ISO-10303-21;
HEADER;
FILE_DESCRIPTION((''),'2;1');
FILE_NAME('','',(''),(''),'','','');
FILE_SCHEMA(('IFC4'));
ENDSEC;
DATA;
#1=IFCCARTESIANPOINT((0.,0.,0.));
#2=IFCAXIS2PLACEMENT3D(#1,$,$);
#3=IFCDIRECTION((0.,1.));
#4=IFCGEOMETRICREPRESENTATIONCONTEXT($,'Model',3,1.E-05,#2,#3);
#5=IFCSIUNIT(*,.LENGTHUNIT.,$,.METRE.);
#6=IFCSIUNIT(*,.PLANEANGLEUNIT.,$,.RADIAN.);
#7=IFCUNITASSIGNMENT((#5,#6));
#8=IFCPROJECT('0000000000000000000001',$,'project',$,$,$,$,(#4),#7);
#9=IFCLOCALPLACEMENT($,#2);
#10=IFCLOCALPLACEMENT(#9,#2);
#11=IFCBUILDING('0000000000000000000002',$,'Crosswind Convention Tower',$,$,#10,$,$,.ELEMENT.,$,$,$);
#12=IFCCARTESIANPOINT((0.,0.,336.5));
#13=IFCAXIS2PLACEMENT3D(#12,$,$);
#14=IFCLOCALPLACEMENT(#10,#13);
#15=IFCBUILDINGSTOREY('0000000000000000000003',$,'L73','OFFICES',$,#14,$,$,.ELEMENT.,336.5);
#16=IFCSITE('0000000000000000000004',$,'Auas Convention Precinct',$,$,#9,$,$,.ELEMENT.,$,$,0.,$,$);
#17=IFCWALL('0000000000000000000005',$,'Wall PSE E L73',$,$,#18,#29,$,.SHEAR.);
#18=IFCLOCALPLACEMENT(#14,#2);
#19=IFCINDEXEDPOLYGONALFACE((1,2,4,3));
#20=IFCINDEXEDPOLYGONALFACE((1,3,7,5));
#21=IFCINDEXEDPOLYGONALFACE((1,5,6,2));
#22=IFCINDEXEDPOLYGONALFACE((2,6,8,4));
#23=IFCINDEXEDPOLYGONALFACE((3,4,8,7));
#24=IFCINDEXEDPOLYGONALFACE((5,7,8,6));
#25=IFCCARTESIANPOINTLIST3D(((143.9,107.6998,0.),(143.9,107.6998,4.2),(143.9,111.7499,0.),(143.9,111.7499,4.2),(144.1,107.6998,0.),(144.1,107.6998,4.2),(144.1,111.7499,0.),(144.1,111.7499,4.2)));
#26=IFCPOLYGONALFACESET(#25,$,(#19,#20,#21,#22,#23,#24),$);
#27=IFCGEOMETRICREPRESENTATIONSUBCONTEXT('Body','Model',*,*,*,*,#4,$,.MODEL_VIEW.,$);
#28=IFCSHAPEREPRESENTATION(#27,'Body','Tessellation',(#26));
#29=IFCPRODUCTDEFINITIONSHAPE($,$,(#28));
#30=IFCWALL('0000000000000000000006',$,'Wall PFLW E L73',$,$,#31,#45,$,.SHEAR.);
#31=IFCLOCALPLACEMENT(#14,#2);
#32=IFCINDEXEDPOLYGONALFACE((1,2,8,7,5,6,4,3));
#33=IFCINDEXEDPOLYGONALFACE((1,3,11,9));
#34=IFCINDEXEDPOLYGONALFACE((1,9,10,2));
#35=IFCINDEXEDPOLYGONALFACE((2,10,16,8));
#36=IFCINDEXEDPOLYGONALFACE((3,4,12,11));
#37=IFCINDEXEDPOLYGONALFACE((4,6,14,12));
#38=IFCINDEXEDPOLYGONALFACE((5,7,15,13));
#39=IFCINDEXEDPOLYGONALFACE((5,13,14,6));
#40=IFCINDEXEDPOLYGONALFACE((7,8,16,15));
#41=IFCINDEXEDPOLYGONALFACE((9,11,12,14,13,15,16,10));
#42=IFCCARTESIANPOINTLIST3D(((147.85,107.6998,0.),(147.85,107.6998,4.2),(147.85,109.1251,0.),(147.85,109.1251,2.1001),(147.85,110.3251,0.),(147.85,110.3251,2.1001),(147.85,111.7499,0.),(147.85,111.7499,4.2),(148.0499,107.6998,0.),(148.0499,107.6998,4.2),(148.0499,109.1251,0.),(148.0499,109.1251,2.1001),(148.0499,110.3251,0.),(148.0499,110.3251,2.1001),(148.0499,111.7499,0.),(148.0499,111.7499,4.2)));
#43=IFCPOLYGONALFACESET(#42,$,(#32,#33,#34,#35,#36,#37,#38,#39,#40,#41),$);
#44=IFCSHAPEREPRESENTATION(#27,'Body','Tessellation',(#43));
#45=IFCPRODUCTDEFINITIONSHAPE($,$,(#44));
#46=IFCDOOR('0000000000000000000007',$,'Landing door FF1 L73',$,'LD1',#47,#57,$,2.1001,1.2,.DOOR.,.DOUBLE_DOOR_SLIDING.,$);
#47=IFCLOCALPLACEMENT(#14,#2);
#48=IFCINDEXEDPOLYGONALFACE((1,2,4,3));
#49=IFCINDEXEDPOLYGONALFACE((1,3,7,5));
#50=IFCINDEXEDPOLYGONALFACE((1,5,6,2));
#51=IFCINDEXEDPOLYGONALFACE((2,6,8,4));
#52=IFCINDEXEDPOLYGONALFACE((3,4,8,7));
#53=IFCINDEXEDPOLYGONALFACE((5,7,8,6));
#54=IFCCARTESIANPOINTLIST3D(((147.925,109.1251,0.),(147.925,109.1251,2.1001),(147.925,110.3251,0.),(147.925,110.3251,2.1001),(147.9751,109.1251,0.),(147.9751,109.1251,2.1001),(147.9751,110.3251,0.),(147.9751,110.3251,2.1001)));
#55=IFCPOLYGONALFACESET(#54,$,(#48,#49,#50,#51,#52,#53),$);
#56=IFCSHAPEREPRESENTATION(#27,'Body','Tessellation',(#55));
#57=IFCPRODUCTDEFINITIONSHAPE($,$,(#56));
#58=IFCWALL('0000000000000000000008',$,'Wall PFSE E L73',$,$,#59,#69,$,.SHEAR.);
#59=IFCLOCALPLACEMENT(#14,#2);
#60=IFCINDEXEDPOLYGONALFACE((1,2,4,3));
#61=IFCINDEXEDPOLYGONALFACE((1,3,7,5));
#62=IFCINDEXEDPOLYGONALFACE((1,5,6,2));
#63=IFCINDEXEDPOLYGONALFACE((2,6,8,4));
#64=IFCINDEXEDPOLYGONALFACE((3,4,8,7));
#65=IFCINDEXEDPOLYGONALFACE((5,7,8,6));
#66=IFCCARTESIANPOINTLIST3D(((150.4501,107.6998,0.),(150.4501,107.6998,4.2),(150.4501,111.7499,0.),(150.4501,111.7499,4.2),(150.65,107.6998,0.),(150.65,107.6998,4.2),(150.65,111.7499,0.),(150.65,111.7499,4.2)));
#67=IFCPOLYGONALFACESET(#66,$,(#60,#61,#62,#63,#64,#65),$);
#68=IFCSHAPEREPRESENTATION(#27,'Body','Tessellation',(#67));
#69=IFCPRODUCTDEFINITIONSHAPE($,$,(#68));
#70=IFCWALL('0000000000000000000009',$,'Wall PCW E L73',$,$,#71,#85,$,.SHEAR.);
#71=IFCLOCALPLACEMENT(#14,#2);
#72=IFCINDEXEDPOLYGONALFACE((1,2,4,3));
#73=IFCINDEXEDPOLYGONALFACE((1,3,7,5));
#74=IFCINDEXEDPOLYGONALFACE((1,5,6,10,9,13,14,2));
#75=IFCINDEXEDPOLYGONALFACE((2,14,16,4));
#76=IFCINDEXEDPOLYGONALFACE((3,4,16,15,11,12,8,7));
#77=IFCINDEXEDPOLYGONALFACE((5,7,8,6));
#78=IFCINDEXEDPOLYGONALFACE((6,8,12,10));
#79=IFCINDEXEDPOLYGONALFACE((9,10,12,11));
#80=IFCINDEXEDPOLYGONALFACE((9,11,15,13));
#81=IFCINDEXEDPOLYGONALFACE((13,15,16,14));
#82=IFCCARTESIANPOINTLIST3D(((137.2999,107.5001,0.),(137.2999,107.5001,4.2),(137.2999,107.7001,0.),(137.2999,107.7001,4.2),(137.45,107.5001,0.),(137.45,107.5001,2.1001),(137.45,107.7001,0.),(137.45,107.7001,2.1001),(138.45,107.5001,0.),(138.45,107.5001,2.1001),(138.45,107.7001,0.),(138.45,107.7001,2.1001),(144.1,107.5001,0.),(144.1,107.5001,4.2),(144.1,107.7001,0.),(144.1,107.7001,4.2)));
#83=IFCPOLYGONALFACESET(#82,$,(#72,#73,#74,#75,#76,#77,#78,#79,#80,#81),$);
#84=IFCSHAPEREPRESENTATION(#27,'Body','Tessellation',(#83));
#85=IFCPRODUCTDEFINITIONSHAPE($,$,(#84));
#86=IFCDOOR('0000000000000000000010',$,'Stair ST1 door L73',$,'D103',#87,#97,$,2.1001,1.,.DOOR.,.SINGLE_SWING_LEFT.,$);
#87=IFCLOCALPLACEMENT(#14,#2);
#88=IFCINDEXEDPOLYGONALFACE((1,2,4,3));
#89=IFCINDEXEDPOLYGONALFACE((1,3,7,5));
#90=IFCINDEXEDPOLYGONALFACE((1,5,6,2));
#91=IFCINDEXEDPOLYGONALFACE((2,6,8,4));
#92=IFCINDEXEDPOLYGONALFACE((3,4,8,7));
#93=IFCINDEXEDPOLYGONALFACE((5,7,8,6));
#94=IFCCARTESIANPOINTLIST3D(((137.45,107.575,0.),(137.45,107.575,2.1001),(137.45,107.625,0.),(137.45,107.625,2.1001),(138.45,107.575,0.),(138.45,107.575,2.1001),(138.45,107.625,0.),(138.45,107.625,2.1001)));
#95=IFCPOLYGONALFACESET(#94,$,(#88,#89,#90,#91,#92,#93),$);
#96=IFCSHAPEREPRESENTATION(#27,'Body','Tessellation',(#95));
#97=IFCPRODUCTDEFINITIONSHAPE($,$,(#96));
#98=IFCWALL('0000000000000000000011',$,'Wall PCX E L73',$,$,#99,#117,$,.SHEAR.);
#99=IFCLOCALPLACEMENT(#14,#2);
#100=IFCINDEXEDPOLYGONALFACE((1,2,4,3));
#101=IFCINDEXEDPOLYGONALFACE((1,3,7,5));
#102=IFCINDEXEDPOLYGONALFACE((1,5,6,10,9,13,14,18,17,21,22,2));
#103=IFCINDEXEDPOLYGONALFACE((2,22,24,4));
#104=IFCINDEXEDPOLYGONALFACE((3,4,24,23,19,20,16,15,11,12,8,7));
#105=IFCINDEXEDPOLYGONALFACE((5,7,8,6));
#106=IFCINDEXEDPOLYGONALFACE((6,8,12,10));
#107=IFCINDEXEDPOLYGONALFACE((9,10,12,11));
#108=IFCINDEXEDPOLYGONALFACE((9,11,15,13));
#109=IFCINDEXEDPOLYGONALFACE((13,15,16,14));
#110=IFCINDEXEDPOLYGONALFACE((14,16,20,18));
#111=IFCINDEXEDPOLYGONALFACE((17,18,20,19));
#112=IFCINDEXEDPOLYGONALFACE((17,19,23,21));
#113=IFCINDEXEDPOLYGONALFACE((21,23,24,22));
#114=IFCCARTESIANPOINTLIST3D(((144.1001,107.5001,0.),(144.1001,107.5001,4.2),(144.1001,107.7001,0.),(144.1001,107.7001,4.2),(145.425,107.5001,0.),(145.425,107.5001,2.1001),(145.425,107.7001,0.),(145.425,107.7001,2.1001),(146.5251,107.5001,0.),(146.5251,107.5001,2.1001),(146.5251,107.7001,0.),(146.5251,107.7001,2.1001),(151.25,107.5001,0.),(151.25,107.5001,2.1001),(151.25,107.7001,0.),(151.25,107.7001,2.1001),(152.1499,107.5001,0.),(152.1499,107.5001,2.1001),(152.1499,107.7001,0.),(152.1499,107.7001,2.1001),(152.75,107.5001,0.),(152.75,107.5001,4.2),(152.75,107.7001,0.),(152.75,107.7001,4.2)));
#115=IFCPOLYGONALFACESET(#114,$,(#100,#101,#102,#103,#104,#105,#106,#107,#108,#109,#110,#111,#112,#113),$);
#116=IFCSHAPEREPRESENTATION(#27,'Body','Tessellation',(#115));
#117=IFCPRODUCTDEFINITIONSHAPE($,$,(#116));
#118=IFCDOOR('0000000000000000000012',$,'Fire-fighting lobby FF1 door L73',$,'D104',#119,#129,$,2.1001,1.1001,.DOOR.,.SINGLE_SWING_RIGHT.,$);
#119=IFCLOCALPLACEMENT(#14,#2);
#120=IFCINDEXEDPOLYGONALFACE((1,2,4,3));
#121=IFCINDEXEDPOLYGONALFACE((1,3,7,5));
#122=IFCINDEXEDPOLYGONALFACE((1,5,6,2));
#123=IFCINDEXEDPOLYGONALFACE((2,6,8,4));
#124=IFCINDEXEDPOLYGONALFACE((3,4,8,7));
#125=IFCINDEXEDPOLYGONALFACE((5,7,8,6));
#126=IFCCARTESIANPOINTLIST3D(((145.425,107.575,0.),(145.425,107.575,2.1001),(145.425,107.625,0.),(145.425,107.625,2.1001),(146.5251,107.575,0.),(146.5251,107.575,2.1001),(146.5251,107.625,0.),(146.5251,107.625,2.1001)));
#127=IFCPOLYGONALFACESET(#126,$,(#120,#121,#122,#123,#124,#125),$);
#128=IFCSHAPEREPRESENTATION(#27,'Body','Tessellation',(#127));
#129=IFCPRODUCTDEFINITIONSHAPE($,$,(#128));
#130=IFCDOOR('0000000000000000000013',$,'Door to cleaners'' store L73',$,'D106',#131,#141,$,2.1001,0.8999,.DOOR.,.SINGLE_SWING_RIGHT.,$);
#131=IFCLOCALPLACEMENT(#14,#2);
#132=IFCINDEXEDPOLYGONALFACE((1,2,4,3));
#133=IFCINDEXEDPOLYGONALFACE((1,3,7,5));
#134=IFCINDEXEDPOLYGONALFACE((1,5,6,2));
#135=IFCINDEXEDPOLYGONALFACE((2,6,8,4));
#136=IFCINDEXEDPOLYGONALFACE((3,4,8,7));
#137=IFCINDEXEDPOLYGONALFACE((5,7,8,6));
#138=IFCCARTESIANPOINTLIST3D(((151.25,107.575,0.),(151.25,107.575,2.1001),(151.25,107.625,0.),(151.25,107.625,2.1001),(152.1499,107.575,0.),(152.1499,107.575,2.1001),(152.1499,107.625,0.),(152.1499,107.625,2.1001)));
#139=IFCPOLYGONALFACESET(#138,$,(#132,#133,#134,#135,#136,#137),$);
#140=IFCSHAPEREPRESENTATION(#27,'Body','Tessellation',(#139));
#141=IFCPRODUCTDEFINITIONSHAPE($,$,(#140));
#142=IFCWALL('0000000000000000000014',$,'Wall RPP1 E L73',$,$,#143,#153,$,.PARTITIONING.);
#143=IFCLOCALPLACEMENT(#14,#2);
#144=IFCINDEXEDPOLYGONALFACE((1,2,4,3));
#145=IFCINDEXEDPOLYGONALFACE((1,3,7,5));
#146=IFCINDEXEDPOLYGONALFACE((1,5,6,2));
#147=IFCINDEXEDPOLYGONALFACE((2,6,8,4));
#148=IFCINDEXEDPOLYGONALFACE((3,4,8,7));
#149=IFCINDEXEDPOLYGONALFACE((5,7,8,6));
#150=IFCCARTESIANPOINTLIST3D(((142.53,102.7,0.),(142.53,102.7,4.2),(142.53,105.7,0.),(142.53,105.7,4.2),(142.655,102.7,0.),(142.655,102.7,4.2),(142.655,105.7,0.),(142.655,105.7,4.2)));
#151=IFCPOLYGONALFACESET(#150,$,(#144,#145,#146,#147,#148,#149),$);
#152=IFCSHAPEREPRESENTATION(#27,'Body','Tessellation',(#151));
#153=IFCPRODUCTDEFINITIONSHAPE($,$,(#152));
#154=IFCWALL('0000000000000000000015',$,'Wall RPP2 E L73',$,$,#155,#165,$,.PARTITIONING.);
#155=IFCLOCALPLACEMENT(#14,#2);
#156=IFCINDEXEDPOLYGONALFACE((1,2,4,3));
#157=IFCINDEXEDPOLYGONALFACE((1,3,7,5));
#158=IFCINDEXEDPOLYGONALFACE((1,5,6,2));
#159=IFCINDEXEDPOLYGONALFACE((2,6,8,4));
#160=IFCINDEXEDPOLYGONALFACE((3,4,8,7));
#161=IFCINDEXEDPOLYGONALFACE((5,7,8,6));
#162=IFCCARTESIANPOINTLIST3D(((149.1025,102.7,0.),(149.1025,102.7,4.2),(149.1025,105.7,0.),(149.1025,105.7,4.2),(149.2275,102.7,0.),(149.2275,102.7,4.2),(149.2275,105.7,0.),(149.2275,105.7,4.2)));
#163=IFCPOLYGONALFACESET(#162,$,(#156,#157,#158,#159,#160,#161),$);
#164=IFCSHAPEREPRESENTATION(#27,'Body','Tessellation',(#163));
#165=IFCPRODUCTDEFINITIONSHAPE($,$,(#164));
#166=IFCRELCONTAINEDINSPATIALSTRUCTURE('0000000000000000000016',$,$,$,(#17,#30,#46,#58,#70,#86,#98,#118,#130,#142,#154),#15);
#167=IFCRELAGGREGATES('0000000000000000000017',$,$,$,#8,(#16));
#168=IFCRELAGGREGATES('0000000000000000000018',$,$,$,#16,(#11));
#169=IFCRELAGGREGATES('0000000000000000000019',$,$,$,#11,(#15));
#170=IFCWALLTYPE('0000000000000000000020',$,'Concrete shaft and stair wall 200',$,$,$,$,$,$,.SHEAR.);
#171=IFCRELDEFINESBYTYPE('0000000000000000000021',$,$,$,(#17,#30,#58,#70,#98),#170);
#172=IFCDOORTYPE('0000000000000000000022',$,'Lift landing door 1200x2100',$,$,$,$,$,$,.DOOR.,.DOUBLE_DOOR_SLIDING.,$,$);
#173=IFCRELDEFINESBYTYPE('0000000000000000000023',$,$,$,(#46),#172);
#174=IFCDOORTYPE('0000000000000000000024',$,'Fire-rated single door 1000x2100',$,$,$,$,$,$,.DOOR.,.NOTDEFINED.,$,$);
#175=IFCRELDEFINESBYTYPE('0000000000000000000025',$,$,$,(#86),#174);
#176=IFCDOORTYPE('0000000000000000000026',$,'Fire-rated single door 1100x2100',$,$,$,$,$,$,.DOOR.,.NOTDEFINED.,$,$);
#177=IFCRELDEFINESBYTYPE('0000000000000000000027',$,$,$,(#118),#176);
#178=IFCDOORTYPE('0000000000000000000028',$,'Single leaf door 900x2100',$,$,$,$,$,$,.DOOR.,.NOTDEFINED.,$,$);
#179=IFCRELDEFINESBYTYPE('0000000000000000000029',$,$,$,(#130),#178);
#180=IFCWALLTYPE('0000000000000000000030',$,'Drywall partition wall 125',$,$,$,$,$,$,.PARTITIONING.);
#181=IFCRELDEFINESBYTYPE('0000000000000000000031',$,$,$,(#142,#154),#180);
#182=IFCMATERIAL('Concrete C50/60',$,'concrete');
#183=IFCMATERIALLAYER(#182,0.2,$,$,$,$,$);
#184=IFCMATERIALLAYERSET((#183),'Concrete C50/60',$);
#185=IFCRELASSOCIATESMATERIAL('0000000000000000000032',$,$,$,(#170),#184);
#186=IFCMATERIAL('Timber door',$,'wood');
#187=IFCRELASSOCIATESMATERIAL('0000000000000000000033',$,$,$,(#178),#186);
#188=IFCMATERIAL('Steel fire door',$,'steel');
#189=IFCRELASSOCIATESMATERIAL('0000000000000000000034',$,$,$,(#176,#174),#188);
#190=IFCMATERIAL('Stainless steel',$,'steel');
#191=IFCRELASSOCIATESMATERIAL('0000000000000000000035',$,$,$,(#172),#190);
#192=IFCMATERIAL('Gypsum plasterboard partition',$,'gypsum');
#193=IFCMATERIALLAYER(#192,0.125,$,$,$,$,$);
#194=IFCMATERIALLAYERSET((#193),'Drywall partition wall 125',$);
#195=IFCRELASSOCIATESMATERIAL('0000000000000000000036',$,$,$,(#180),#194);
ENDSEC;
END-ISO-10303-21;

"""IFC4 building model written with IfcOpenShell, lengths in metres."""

from ifc_helpers import new_model, si_unit, direction, frame, frame_2d, origin, place, context, subcontext, project, spatial, rectangle, extrude, material, layer, layer_set, type_object, element, fill, save


model = new_model("IFC4")

# Units and contexts
model_context = context("Model", 3, precision=1e-05, world=origin(), true_north=direction((0.0, 1.0)))
body_context = subcontext(model_context, "Body", "Model", "MODEL_VIEW")
ifc_project = project(units=[si_unit("LENGTHUNIT", "METRE"), si_unit("PLANEANGLEUNIT", "RADIAN")], contexts=[model_context])

# Site, building, storey
site_placement = place(None, origin())
site = spatial("IfcSite", under=ifc_project, at=site_placement, Name="Auas Convention Precinct", CompositionType="ELEMENT", RefElevation=0.0)
building_placement = place(site_placement, origin())
building = spatial("IfcBuilding", under=site, at=building_placement, Name="Crosswind Convention Tower", CompositionType="ELEMENT")
storey_placement = place(building_placement, frame((0.0, 0.0, 336.5)))
storey = spatial("IfcBuildingStorey", under=building, at=storey_placement, Name="L73", Description="OFFICES", CompositionType="ELEMENT", Elevation=336.5)

# Shared definitions
ifc_material_1 = material(Name="Concrete C50/60", Category="concrete")
ifc_layer_1 = layer(ifc_material_1, 0.2)
ifc_layer_set_1 = layer_set([ifc_layer_1], Name="Concrete C50/60")
wall_type_1 = type_object("IfcWallType", Name="Concrete shaft and stair wall 200", PredefinedType="SHEAR", material=ifc_layer_set_1)

# Shared definitions
ifc_material_2 = material(Name="Timber door", Category="wood")
door_type_1 = type_object("IfcDoorType", Name="Single leaf door 900x2100", OperationType="NOTDEFINED", PredefinedType="DOOR", material=ifc_material_2)

# Shared definitions
ifc_material_3 = material(Name="Steel fire door", Category="steel")
door_type_2 = type_object("IfcDoorType", Name="Fire-rated single door 1100x2100", OperationType="NOTDEFINED", PredefinedType="DOOR", material=ifc_material_3)

# Wall
wall_1_placement = place(storey_placement, frame((144.0, 107.7, 0.0), z_axis=(0.0, 0.0, 1.0), x_axis=(0.0, 1.0, 0.0)))
element("IfcWall", 1, at=wall_1_placement, inside=storey, type_object=wall_type_1, Name="Wall PSE E L73", PredefinedType="SHEAR", context=body_context, shape_type="SweptSolid", body=[
    extrude(rectangle(XDim=4.05, YDim=0.2, at=frame_2d((2.0249, 0.0))), origin(), (0.0, 0.0, 1.0), 4.2),
])

# Wall, opening, door
wall_2_placement = place(storey_placement, frame((147.95, 107.7, 0.0), z_axis=(0.0, 0.0, 1.0), x_axis=(0.0, 1.0, 0.0)))
wall_2 = element("IfcWall", 2, at=wall_2_placement, inside=storey, type_object=wall_type_1, Name="Wall PFLW E L73", PredefinedType="SHEAR", context=body_context, shape_type="SweptSolid", body=[
    extrude(rectangle(XDim=4.05, YDim=0.2, at=frame_2d((2.0249, 0.0))), origin(), (0.0, 0.0, 1.0), 4.2),
])
opening_1_placement = place(wall_2_placement, frame((1.425, 0.0, 0.0)))
opening_1 = element("IfcOpeningElement", 3, at=opening_1_placement, cuts=wall_2, PredefinedType="OPENING", context=body_context, shape_type="SweptSolid", body=[
    extrude(rectangle(XDim=1.2, YDim=2.1001, at=frame_2d((0.6001, 1.05))), frame((0.0, 0.1099, 0.0), z_axis=(0.0, -1.0, 0.0), x_axis=(1.0, 0.0, 0.0)), (0.0, 0.0, 1.0), 0.22),
])
ifc_material_4 = material(Name="Stainless steel", Category="steel")
door_type_3 = type_object("IfcDoorType", Name="Lift landing door 1200x2100", OperationType="DOUBLE_DOOR_SLIDING", PredefinedType="DOOR", material=ifc_material_4)
door_1_placement = place(opening_1_placement, origin())
door_1 = element("IfcDoor", 4, at=door_1_placement, inside=storey, type_object=door_type_3, Name="Landing door FF1 L73", ObjectType="LD1", OperationType="DOUBLE_DOOR_SLIDING", OverallHeight=2.1001, OverallWidth=1.2, PredefinedType="DOOR", context=body_context, shape_type="SweptSolid", body=[
    extrude(rectangle(XDim=1.2, YDim=2.1001, at=frame_2d((0.6001, 1.05))), frame((0.0, 0.0249, 0.0), z_axis=(0.0, -1.0, 0.0), x_axis=(1.0, 0.0, 0.0)), (0.0, 0.0, 1.0), 0.05),
])
fill(opening_1, door_1)

# Wall
wall_3_placement = place(storey_placement, frame((150.55, 107.7, 0.0), z_axis=(0.0, 0.0, 1.0), x_axis=(0.0, 1.0, 0.0)))
element("IfcWall", 5, at=wall_3_placement, inside=storey, type_object=wall_type_1, Name="Wall PFSE E L73", PredefinedType="SHEAR", context=body_context, shape_type="SweptSolid", body=[
    extrude(rectangle(XDim=4.05, YDim=0.2, at=frame_2d((2.0249, 0.0))), origin(), (0.0, 0.0, 1.0), 4.2),
])

# Wall, opening, door
wall_4_placement = place(storey_placement, frame((137.3, 107.6001, 0.0), z_axis=(0.0, 0.0, 1.0), x_axis=(1.0, 0.0, 0.0)))
wall_4 = element("IfcWall", 6, at=wall_4_placement, inside=storey, type_object=wall_type_1, Name="Wall PCW E L73", PredefinedType="SHEAR", context=body_context, shape_type="SweptSolid", body=[
    extrude(rectangle(XDim=6.8, YDim=0.2, at=frame_2d((3.3999, 0.0))), origin(), (0.0, 0.0, 1.0), 4.2),
])
opening_2_placement = place(wall_4_placement, frame((0.1499, 0.0, 0.0)))
opening_2 = element("IfcOpeningElement", 7, at=opening_2_placement, cuts=wall_4, PredefinedType="OPENING", context=body_context, shape_type="SweptSolid", body=[
    extrude(rectangle(XDim=1.0, YDim=2.1001, at=frame_2d((0.5, 1.05))), frame((0.0, 0.1099, 0.0), z_axis=(0.0, -1.0, 0.0), x_axis=(1.0, 0.0, 0.0)), (0.0, 0.0, 1.0), 0.22),
])
door_type_4 = type_object("IfcDoorType", Name="Fire-rated single door 1000x2100", OperationType="NOTDEFINED", PredefinedType="DOOR", material=ifc_material_3)
door_2_placement = place(opening_2_placement, origin())
door_2 = element("IfcDoor", 8, at=door_2_placement, inside=storey, type_object=door_type_4, Name="Stair ST1 door L73", ObjectType="D103", OperationType="SINGLE_SWING_LEFT", OverallHeight=2.1001, OverallWidth=1.0, PredefinedType="DOOR", context=body_context, shape_type="SweptSolid", body=[
    extrude(rectangle(XDim=1.0, YDim=2.1001, at=frame_2d((0.5, 1.05))), frame((0.0, 0.0249, 0.0), z_axis=(0.0, -1.0, 0.0), x_axis=(1.0, 0.0, 0.0)), (0.0, 0.0, 1.0), 0.05),
])
fill(opening_2, door_2)

# Wall, openings, doors
wall_5_placement = place(storey_placement, frame((144.1001, 107.6001, 0.0), z_axis=(0.0, 0.0, 1.0), x_axis=(1.0, 0.0, 0.0)))
wall_5 = element("IfcWall", 9, at=wall_5_placement, inside=storey, type_object=wall_type_1, Name="Wall PCX E L73", PredefinedType="SHEAR", context=body_context, shape_type="SweptSolid", body=[
    extrude(rectangle(XDim=8.6499, YDim=0.2, at=frame_2d((4.325, 0.0))), origin(), (0.0, 0.0, 1.0), 4.2),
])
opening_3_placement = place(wall_5_placement, frame((1.325, 0.0, 0.0)))
opening_3 = element("IfcOpeningElement", 10, at=opening_3_placement, cuts=wall_5, PredefinedType="OPENING", context=body_context, shape_type="SweptSolid", body=[
    extrude(rectangle(XDim=1.1001, YDim=2.1001, at=frame_2d((0.55, 1.05))), frame((0.0, 0.1099, 0.0), z_axis=(0.0, -1.0, 0.0), x_axis=(1.0, 0.0, 0.0)), (0.0, 0.0, 1.0), 0.22),
])
opening_4_placement = place(wall_5_placement, frame((7.1499, 0.0, 0.0)))
opening_4 = element("IfcOpeningElement", 11, at=opening_4_placement, cuts=wall_5, PredefinedType="OPENING", context=body_context, shape_type="SweptSolid", body=[
    extrude(rectangle(XDim=0.8999, YDim=2.1001, at=frame_2d((0.45, 1.05))), frame((0.0, 0.1099, 0.0), z_axis=(0.0, -1.0, 0.0), x_axis=(1.0, 0.0, 0.0)), (0.0, 0.0, 1.0), 0.22),
])
door_3_placement = place(opening_3_placement, origin())
door_3 = element("IfcDoor", 12, at=door_3_placement, inside=storey, type_object=door_type_2, Name="Fire-fighting lobby FF1 door L73", ObjectType="D104", OperationType="SINGLE_SWING_RIGHT", OverallHeight=2.1001, OverallWidth=1.1001, PredefinedType="DOOR", context=body_context, shape_type="SweptSolid", body=[
    extrude(rectangle(XDim=1.1001, YDim=2.1001, at=frame_2d((0.55, 1.05))), frame((0.0, 0.0249, 0.0), z_axis=(0.0, -1.0, 0.0), x_axis=(1.0, 0.0, 0.0)), (0.0, 0.0, 1.0), 0.05),
])
fill(opening_3, door_3)
door_4_placement = place(opening_4_placement, origin())
door_4 = element("IfcDoor", 13, at=door_4_placement, inside=storey, type_object=door_type_1, Name="Door to cleaners' store L73", ObjectType="D106", OperationType="SINGLE_SWING_RIGHT", OverallHeight=2.1001, OverallWidth=0.8999, PredefinedType="DOOR", context=body_context, shape_type="SweptSolid", body=[
    extrude(rectangle(XDim=0.8999, YDim=2.1001, at=frame_2d((0.45, 1.05))), frame((0.0, 0.0249, 0.0), z_axis=(0.0, -1.0, 0.0), x_axis=(1.0, 0.0, 0.0)), (0.0, 0.0, 1.0), 0.05),
])
fill(opening_4, door_4)

# Walls
ifc_material_5 = material(Name="Gypsum plasterboard partition", Category="gypsum")
ifc_layer_2 = layer(ifc_material_5, 0.125)
ifc_layer_set_2 = layer_set([ifc_layer_2], Name="Drywall partition wall 125")
wall_type_2 = type_object("IfcWallType", Name="Drywall partition wall 125", PredefinedType="PARTITIONING", material=ifc_layer_set_2)
for number, where, z_axis, x_axis, name in (
    (14, (142.5925, 102.7, 0.0), (0.0, 0.0, 1.0), (0.0, 1.0, 0.0), "Wall RPP1 E L73"),
    (15, (149.165, 102.7, 0.0), (0.0, 0.0, 1.0), (0.0, 1.0, 0.0), "Wall RPP2 E L73"),
):
    element("IfcWall", number, at=place(storey_placement, frame(where, z_axis=z_axis, x_axis=x_axis)), inside=storey, type_object=wall_type_2, Name=name, PredefinedType="PARTITIONING", context=body_context, shape_type="SweptSolid", body=[
        extrude(rectangle(XDim=3.0, YDim=0.125, at=frame_2d((1.5, 0.0))), origin(), (0.0, 0.0, 1.0), 4.2),
    ])

save(model, "model.ifc")
